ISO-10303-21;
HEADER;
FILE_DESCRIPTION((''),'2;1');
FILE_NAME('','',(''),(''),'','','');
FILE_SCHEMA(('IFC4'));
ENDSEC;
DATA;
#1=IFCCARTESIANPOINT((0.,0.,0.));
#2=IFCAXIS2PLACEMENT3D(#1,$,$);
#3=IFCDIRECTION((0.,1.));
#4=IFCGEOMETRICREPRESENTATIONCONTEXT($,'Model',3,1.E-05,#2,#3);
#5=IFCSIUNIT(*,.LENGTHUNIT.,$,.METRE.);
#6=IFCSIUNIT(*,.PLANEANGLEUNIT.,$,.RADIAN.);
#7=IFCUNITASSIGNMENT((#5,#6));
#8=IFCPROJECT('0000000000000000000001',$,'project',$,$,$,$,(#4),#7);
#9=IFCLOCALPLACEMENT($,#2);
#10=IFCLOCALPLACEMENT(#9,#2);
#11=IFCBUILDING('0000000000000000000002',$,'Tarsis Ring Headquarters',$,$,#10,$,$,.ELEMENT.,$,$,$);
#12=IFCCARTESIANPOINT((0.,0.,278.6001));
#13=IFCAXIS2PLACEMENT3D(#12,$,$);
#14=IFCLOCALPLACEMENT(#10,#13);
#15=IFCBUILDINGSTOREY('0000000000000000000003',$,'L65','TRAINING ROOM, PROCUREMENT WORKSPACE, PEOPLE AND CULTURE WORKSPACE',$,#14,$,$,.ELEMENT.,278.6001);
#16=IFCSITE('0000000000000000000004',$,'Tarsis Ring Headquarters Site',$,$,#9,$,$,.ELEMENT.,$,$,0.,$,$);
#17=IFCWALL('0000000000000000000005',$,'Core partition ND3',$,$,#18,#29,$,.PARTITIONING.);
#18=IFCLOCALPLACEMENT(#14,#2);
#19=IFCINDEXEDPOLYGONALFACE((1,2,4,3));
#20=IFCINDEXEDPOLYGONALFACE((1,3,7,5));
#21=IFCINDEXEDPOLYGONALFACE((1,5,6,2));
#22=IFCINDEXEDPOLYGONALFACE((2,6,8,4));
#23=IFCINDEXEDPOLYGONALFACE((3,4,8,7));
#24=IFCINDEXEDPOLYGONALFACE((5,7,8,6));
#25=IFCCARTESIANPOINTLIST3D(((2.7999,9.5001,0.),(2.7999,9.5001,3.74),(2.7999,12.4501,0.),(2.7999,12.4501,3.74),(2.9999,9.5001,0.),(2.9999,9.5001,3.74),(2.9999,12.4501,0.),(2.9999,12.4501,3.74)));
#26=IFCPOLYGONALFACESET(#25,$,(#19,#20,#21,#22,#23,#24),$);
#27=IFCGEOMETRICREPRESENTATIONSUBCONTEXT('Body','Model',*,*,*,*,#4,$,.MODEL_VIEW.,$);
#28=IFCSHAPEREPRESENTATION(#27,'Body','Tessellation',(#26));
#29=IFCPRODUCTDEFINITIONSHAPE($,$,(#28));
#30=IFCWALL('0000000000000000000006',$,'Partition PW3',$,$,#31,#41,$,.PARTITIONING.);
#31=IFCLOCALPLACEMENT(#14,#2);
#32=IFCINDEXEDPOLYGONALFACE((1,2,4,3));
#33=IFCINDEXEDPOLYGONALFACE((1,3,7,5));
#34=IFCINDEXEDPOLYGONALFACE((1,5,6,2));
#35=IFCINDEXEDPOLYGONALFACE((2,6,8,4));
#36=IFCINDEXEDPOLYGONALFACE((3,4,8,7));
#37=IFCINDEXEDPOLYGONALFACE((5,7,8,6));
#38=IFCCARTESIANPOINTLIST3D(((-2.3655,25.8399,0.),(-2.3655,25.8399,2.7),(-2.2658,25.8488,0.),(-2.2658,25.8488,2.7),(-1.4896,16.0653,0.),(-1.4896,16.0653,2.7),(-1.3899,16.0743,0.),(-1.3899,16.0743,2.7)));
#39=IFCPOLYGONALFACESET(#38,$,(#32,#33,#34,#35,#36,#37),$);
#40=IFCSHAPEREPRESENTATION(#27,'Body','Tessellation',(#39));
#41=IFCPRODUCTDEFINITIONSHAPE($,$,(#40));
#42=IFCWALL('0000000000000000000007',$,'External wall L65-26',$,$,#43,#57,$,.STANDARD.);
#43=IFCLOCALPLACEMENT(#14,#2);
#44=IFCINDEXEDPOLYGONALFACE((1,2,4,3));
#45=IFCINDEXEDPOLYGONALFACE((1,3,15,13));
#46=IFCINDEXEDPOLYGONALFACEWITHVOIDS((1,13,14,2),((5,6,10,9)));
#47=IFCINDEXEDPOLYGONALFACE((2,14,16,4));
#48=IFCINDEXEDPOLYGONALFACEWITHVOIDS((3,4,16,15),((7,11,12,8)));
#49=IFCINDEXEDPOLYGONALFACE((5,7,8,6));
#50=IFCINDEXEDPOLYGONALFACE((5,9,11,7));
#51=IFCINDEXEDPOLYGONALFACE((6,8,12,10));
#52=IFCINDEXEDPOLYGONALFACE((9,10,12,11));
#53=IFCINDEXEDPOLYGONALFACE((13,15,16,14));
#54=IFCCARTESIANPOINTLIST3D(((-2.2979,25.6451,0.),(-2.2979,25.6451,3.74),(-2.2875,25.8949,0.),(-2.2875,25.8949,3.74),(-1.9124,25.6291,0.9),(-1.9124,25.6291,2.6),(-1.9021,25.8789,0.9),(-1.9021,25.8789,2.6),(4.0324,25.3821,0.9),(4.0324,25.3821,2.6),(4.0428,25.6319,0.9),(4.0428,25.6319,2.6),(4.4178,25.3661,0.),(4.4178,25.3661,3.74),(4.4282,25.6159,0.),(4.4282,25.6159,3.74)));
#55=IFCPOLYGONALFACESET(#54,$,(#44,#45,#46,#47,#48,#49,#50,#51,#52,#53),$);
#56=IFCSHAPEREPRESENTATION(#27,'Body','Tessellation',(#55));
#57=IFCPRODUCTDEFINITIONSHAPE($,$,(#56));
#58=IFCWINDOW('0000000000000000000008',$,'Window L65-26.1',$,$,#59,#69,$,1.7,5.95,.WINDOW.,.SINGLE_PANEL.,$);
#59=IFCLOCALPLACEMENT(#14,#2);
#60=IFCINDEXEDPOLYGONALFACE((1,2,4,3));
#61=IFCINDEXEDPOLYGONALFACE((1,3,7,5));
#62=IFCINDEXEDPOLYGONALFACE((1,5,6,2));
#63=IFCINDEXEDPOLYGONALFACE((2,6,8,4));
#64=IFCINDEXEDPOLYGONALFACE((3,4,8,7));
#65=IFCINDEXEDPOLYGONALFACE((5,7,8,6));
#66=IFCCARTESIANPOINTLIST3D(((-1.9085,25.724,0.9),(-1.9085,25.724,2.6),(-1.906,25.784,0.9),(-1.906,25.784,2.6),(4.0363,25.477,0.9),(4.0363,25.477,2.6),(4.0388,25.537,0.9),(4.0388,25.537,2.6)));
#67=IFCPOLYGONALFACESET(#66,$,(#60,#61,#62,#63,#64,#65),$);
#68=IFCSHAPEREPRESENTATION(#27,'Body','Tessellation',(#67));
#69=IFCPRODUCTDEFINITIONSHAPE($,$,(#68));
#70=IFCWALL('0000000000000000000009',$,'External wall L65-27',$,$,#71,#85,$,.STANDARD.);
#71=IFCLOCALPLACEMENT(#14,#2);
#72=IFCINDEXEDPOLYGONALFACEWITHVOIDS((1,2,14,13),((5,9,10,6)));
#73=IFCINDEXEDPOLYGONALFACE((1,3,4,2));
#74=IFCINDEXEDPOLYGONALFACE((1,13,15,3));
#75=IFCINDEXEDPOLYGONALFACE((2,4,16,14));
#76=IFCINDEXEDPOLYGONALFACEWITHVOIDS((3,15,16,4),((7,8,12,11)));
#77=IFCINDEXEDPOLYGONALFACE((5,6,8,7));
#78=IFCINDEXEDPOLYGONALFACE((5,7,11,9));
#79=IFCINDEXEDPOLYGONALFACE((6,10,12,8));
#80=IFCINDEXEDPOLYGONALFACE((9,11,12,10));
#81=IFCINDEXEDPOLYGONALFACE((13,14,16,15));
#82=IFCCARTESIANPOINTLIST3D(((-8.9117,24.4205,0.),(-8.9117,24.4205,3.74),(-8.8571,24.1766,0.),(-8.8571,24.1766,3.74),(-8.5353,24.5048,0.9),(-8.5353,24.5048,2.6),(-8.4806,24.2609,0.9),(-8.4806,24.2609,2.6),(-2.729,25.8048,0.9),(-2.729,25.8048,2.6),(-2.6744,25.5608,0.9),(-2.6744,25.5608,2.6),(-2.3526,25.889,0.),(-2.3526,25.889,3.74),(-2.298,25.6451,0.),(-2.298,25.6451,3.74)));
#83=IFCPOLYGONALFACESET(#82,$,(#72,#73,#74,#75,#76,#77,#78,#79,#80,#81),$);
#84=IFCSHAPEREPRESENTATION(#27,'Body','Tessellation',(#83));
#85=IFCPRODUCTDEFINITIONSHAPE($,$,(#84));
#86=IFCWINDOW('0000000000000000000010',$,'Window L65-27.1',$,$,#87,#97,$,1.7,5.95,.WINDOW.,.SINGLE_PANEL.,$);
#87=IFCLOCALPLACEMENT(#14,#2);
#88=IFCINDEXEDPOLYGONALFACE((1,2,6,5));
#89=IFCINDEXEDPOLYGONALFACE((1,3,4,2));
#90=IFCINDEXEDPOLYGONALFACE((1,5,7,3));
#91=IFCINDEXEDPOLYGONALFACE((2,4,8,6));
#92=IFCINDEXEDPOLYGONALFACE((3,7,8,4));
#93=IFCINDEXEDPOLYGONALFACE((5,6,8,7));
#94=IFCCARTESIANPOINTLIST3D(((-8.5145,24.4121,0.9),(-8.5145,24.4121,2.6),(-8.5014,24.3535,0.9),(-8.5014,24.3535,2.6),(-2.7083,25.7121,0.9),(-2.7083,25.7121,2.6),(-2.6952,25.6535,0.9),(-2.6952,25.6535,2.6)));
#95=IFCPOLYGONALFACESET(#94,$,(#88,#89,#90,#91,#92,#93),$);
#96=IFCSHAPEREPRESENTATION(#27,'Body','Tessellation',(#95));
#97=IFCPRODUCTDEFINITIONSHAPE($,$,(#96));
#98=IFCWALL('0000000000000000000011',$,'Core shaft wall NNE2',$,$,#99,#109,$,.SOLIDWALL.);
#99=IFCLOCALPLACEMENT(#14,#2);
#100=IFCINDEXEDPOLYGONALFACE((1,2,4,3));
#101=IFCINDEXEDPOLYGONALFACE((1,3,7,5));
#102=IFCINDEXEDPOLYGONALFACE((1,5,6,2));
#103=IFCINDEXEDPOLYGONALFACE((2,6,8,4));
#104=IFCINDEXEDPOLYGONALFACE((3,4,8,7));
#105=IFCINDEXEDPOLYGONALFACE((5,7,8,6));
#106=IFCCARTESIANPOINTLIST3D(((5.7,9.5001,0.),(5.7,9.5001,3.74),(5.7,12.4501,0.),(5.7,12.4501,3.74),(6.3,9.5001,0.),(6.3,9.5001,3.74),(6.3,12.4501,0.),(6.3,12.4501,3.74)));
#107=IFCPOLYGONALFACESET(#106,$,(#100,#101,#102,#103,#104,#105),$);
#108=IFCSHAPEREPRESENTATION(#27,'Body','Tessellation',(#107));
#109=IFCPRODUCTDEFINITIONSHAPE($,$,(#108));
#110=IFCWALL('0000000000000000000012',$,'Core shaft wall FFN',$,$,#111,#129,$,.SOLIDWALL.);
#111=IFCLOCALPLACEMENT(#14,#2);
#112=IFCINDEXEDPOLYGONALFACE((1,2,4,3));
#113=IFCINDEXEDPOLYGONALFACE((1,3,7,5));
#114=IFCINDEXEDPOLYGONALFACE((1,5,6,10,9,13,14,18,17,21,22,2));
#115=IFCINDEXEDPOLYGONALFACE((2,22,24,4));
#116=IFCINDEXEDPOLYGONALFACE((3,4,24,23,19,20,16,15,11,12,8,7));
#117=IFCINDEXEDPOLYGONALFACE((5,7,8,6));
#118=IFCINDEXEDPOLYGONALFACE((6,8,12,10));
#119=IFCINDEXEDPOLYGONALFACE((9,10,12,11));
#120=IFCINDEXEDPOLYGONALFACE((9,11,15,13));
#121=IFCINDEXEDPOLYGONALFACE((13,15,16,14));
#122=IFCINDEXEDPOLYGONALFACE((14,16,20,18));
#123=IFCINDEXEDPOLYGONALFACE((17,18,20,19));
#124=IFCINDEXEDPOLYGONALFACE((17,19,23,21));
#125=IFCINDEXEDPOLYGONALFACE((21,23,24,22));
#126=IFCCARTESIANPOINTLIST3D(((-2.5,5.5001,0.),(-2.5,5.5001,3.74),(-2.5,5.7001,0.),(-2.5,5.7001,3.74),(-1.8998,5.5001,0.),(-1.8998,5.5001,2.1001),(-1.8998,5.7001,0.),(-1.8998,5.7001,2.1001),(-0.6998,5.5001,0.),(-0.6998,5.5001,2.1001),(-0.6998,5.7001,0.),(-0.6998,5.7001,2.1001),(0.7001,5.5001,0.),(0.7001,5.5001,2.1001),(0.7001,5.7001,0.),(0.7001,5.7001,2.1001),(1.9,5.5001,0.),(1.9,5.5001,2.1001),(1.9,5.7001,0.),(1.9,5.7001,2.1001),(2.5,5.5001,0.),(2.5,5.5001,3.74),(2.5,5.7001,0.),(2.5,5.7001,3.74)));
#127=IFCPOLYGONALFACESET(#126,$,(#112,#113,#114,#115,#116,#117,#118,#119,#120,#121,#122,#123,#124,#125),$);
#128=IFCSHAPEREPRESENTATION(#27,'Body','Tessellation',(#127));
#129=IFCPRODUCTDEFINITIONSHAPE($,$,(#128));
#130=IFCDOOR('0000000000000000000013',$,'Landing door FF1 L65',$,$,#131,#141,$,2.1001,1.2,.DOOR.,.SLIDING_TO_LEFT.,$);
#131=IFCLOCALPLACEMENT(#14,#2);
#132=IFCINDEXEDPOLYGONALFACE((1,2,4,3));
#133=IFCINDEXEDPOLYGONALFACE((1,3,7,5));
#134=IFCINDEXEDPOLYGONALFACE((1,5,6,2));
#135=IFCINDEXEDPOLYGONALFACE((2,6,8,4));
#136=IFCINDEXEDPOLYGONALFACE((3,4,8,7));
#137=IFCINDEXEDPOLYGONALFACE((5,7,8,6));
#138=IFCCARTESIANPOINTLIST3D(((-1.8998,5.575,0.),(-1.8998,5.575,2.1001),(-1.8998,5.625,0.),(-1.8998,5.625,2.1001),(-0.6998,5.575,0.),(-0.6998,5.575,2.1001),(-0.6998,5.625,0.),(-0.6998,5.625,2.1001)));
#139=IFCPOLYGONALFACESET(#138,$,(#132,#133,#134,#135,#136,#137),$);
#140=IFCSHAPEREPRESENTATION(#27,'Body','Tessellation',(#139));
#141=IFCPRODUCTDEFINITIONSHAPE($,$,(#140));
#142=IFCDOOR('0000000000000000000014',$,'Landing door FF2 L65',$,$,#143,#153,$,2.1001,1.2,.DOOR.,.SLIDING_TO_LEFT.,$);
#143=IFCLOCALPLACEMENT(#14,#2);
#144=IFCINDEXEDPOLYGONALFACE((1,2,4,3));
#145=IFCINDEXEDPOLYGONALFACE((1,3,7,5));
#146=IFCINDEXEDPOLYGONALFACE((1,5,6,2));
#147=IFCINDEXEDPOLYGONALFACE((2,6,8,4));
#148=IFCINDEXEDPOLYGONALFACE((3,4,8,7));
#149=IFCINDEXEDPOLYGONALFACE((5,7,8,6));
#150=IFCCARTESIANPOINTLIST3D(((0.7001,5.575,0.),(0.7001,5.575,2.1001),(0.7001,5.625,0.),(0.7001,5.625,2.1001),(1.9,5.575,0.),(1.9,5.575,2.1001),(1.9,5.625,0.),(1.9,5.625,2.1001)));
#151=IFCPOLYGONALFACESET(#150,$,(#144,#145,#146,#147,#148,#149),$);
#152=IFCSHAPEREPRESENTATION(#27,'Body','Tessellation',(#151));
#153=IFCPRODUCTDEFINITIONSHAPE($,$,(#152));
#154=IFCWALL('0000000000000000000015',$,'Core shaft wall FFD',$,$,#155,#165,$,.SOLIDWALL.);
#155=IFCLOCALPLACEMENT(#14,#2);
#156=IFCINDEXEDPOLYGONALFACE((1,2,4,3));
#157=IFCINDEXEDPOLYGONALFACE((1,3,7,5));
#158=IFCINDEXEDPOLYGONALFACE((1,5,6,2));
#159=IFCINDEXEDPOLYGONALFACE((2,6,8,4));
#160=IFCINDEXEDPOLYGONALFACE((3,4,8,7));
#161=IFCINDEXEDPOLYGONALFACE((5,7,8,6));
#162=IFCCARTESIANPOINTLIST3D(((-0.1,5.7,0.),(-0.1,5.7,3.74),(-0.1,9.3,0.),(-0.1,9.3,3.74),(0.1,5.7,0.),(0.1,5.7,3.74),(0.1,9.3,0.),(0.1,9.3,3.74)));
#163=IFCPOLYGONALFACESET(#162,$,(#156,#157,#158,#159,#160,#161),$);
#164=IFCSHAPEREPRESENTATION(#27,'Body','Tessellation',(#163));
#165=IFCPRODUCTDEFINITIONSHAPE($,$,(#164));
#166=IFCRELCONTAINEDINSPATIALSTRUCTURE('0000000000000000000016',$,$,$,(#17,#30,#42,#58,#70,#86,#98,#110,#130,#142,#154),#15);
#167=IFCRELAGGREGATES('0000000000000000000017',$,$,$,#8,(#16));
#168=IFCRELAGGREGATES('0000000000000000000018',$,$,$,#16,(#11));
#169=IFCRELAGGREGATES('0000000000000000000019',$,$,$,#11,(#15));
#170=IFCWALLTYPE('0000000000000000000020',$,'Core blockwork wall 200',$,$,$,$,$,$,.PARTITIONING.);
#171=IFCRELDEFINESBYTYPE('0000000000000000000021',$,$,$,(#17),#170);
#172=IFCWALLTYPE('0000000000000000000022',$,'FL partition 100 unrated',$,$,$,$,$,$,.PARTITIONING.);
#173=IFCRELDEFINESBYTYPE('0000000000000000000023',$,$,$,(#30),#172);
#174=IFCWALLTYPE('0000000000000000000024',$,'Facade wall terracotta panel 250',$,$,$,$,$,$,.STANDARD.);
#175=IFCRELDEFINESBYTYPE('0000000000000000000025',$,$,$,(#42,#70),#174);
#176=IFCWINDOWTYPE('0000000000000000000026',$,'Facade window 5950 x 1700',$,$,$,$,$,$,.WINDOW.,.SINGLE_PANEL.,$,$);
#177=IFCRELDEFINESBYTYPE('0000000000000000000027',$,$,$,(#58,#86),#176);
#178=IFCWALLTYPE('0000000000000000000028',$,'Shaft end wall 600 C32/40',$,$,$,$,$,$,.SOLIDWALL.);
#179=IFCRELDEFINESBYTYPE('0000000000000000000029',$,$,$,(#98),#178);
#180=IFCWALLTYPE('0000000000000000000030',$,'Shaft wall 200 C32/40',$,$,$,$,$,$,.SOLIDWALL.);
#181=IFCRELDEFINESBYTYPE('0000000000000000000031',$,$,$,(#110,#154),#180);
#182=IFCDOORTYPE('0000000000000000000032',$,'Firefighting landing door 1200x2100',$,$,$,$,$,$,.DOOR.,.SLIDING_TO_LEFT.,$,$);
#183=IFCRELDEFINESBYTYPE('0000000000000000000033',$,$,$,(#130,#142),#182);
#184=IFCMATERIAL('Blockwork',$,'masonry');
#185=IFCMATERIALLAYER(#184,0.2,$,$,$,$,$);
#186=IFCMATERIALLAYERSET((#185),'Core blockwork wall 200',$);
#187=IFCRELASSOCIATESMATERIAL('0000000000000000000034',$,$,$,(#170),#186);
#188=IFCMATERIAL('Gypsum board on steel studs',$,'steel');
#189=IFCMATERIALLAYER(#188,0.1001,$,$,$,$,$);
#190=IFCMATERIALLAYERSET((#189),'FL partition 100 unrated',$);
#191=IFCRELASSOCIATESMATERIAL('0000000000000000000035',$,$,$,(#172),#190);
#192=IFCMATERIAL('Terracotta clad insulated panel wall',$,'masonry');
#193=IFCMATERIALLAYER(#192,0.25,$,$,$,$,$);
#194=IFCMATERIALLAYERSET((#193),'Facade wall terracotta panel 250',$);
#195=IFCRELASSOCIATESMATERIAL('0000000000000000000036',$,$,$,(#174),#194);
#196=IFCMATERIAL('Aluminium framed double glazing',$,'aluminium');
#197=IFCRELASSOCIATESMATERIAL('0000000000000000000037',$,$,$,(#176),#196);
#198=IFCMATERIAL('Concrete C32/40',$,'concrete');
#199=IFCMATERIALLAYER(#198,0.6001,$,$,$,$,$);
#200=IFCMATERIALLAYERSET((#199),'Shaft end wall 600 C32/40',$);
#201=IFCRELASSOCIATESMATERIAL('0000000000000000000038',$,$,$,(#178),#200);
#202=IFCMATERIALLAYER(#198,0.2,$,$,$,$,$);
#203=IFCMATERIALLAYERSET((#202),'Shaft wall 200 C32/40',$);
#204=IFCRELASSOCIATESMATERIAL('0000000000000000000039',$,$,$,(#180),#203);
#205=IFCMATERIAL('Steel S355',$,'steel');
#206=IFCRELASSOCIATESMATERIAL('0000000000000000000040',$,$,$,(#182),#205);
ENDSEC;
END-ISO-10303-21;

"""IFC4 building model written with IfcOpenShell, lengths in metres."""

from ifc_helpers import new_model, si_unit, direction, frame, frame_2d, origin, place, context, subcontext, project, spatial, rectangle, extrude, material, layer, layer_set, type_object, element, fill, save


model = new_model("IFC4")

# Units and contexts
model_context = context("Model", 3, precision=1e-05, world=origin(), true_north=direction((0.0, 1.0)))
body_context = subcontext(model_context, "Body", "Model", "MODEL_VIEW")
ifc_project = project(units=[si_unit("LENGTHUNIT", "METRE"), si_unit("PLANEANGLEUNIT", "RADIAN")], contexts=[model_context])

# Site, building, storey
site_placement = place(None, origin())
site = spatial("IfcSite", under=ifc_project, at=site_placement, Name="Tarsis Ring Headquarters Site", CompositionType="ELEMENT", RefElevation=0.0)
building_placement = place(site_placement, origin())
building = spatial("IfcBuilding", under=site, at=building_placement, Name="Tarsis Ring Headquarters", CompositionType="ELEMENT")
storey_placement = place(building_placement, frame((0.0, 0.0, 278.6001)))
storey = spatial("IfcBuildingStorey", under=building, at=storey_placement, Name="L65", Description="TRAINING ROOM, PROCUREMENT WORKSPACE, PEOPLE AND CULTURE WORKSPACE", CompositionType="ELEMENT", Elevation=278.6001)

# Walls
ifc_material_1 = material(Name="Blockwork", Category="masonry")
ifc_layer_1 = layer(ifc_material_1, 0.2)
ifc_layer_set_1 = layer_set([ifc_layer_1], Name="Core blockwork wall 200")
wall_type_1 = type_object("IfcWallType", Name="Core blockwork wall 200", PredefinedType="PARTITIONING", material=ifc_layer_set_1)
for number, where, z_axis, x_axis, name in (
    (1, (2.8999, 9.5, 0.0), (0.0, 0.0, 1.0), (0.0, 1.0, 0.0), "Core partition ND3"),
):
    element("IfcWall", number, at=place(storey_placement, frame(where, z_axis=z_axis, x_axis=x_axis)), inside=storey, type_object=wall_type_1, Name=name, PredefinedType="PARTITIONING", context=body_context, shape_type="SweptSolid", body=[
        extrude(rectangle(XDim=2.95, YDim=0.2, at=frame_2d((1.4751, 0.0))), origin(), (0.0, 0.0, 1.0), 3.74),
    ])
ifc_material_2 = material(Name="Gypsum board on steel studs", Category="steel")
ifc_layer_2 = layer(ifc_material_2, 0.1001)
ifc_layer_set_2 = layer_set([ifc_layer_2], Name="FL partition 100 unrated")
wall_type_2 = type_object("IfcWallType", Name="FL partition 100 unrated", PredefinedType="PARTITIONING", material=ifc_layer_set_2)
wall_1_placement = place(storey_placement, frame((-2.3157, 25.8442, 0.0), z_axis=(0.0, 0.0, 1.0), x_axis=(0.089259, -0.996008, 0.0)))
element("IfcWall", 2, at=wall_1_placement, inside=storey, type_object=wall_type_2, Name="Partition PW3", PredefinedType="PARTITIONING", context=body_context, shape_type="SweptSolid", body=[
    extrude(rectangle(XDim=9.8137, YDim=0.1001, at=frame_2d((4.9067, 0.0))), origin(), (0.0, 0.0, 1.0), 2.7),
])

# Walls, openings, windows
ifc_material_3 = material(Name="Terracotta clad insulated panel wall", Category="masonry")
ifc_layer_3 = layer(ifc_material_3, 0.25)
ifc_layer_set_3 = layer_set([ifc_layer_3], Name="Facade wall terracotta panel 250")
wall_type_3 = type_object("IfcWallType", Name="Facade wall terracotta panel 250", PredefinedType="STANDARD", material=ifc_layer_set_3)
wall_2_placement = place(storey_placement, frame((4.4231, 25.491, 0.0), z_axis=(0.0, 0.0, 1.0), x_axis=(-0.999138, 0.041517, 0.0)))
wall_2 = element("IfcWall", 3, at=wall_2_placement, inside=storey, type_object=wall_type_3, Name="External wall L65-26", PredefinedType="STANDARD", context=body_context, shape_type="SweptSolid", body=[
    extrude(rectangle(XDim=6.7214, YDim=0.25, at=frame_2d((3.3608, 0.0))), origin(), (0.0, 0.0, 1.0), 3.74),
])
opening_1_placement = place(wall_2_placement, frame((0.3857, 0.0, 0.8999)))
opening_1 = element("IfcOpeningElement", 4, at=opening_1_placement, cuts=wall_2, PredefinedType="OPENING", context=body_context, shape_type="SweptSolid", body=[
    extrude(rectangle(XDim=5.95, YDim=1.7, at=frame_2d((2.9751, 0.8501))), frame((0.0, 0.135, 0.0), z_axis=(0.0, -1.0, 0.0), x_axis=(1.0, 0.0, 0.0)), (0.0, 0.0, 1.0), 0.27),
])
ifc_material_4 = material(Name="Aluminium framed double glazing", Category="aluminium")
window_type = type_object("IfcWindowType", Name="Facade window 5950 x 1700", PartitioningType="SINGLE_PANEL", PredefinedType="WINDOW", material=ifc_material_4)
window_1_placement = place(opening_1_placement, origin())
window_1 = element("IfcWindow", 5, at=window_1_placement, inside=storey, type_object=window_type, Name="Window L65-26.1", OverallHeight=1.7, OverallWidth=5.95, PartitioningType="SINGLE_PANEL", PredefinedType="WINDOW", context=body_context, shape_type="SweptSolid", body=[
    extrude(rectangle(XDim=5.95, YDim=1.7, at=frame_2d((2.9751, 0.8501))), frame((0.0, 0.03, 0.0), z_axis=(0.0, -1.0, 0.0), x_axis=(1.0, 0.0, 0.0)), (0.0, 0.0, 1.0), 0.0601),
])
fill(opening_1, window_1)
wall_3_placement = place(storey_placement, frame((-2.3252, 25.7671, 0.0), z_axis=(0.0, 0.0, 1.0), x_axis=(-0.975841, -0.21848, 0.0)))
wall_3 = element("IfcWall", 6, at=wall_3_placement, inside=storey, type_object=wall_type_3, Name="External wall L65-27", PredefinedType="STANDARD", context=body_context, shape_type="SweptSolid", body=[
    extrude(rectangle(XDim=6.7214, YDim=0.25, at=frame_2d((3.3608, 0.0))), origin(), (0.0, 0.0, 1.0), 3.74),
])
opening_2_placement = place(wall_3_placement, frame((0.3857, 0.0, 0.8999)))
opening_2 = element("IfcOpeningElement", 7, at=opening_2_placement, cuts=wall_3, PredefinedType="OPENING", context=body_context, shape_type="SweptSolid", body=[
    extrude(rectangle(XDim=5.95, YDim=1.7, at=frame_2d((2.9751, 0.8501))), frame((0.0, 0.135, 0.0), z_axis=(0.0, -1.0, 0.0), x_axis=(1.0, 0.0, 0.0)), (0.0, 0.0, 1.0), 0.27),
])
window_2_placement = place(opening_2_placement, origin())
window_2 = element("IfcWindow", 8, at=window_2_placement, inside=storey, type_object=window_type, Name="Window L65-27.1", OverallHeight=1.7, OverallWidth=5.95, PartitioningType="SINGLE_PANEL", PredefinedType="WINDOW", context=body_context, shape_type="SweptSolid", body=[
    extrude(rectangle(XDim=5.95, YDim=1.7, at=frame_2d((2.9751, 0.8501))), frame((0.0, 0.03, 0.0), z_axis=(0.0, -1.0, 0.0), x_axis=(1.0, 0.0, 0.0)), (0.0, 0.0, 1.0), 0.0601),
])
fill(opening_2, window_2)

# Wall
ifc_material_5 = material(Name="Concrete C32/40", Category="concrete")
ifc_layer_4 = layer(ifc_material_5, 0.6001)
ifc_layer_set_4 = layer_set([ifc_layer_4], Name="Shaft end wall 600 C32/40")
wall_type_4 = type_object("IfcWallType", Name="Shaft end wall 600 C32/40", PredefinedType="SOLIDWALL", material=ifc_layer_set_4)
wall_4_placement = place(storey_placement, frame((6.0, 9.5, 0.0), z_axis=(0.0, 0.0, 1.0), x_axis=(0.0, 1.0, 0.0)))
element("IfcWall", 9, at=wall_4_placement, inside=storey, type_object=wall_type_4, Name="Core shaft wall NNE2", PredefinedType="SOLIDWALL", context=body_context, shape_type="SweptSolid", body=[
    extrude(rectangle(XDim=2.95, YDim=0.6001, at=frame_2d((1.4751, 0.0))), origin(), (0.0, 0.0, 1.0), 3.74),
])

# Wall, openings, doors
ifc_layer_5 = layer(ifc_material_5, 0.2)
ifc_layer_set_5 = layer_set([ifc_layer_5], Name="Shaft wall 200 C32/40")
wall_type_5 = type_object("IfcWallType", Name="Shaft wall 200 C32/40", PredefinedType="SOLIDWALL", material=ifc_layer_set_5)
wall_5_placement = place(storey_placement, frame((-2.5, 5.6001, 0.0), z_axis=(0.0, 0.0, 1.0), x_axis=(1.0, 0.0, 0.0)))
wall_5 = element("IfcWall", 10, at=wall_5_placement, inside=storey, type_object=wall_type_5, Name="Core shaft wall FFN", PredefinedType="SOLIDWALL", context=body_context, shape_type="SweptSolid", body=[
    extrude(rectangle(XDim=5.0, YDim=0.2, at=frame_2d((2.5, 0.0))), origin(), (0.0, 0.0, 1.0), 3.74),
])
opening_3_placement = place(wall_5_placement, frame((0.6001, 0.0, 0.0)))
opening_3 = element("IfcOpeningElement", 11, at=opening_3_placement, cuts=wall_5, PredefinedType="OPENING", context=body_context, shape_type="SweptSolid", body=[
    extrude(rectangle(XDim=1.2, YDim=2.1001, at=frame_2d((0.6001, 1.05))), frame((0.0, 0.1099, 0.0), z_axis=(0.0, -1.0, 0.0), x_axis=(1.0, 0.0, 0.0)), (0.0, 0.0, 1.0), 0.22),
])
opening_4_placement = place(wall_5_placement, frame((3.2, 0.0, 0.0)))
opening_4 = element("IfcOpeningElement", 12, at=opening_4_placement, cuts=wall_5, PredefinedType="OPENING", context=body_context, shape_type="SweptSolid", body=[
    extrude(rectangle(XDim=1.2, YDim=2.1001, at=frame_2d((0.6001, 1.05))), frame((0.0, 0.1099, 0.0), z_axis=(0.0, -1.0, 0.0), x_axis=(1.0, 0.0, 0.0)), (0.0, 0.0, 1.0), 0.22),
])
ifc_material_6 = material(Name="Steel S355", Category="steel")
door_type = type_object("IfcDoorType", Name="Firefighting landing door 1200x2100", OperationType="SLIDING_TO_LEFT", PredefinedType="DOOR", material=ifc_material_6)
door_1_placement = place(opening_3_placement, origin())
door_1 = element("IfcDoor", 13, at=door_1_placement, inside=storey, type_object=door_type, Name="Landing door FF1 L65", OperationType="SLIDING_TO_LEFT", OverallHeight=2.1001, OverallWidth=1.2, PredefinedType="DOOR", context=body_context, shape_type="SweptSolid", body=[
    extrude(rectangle(XDim=1.2, YDim=2.1001, at=frame_2d((0.6001, 1.05))), frame((0.0, 0.0249, 0.0), z_axis=(0.0, -1.0, 0.0), x_axis=(1.0, 0.0, 0.0)), (0.0, 0.0, 1.0), 0.05),
])
fill(opening_3, door_1)
door_2_placement = place(opening_4_placement, origin())
door_2 = element("IfcDoor", 14, at=door_2_placement, inside=storey, type_object=door_type, Name="Landing door FF2 L65", OperationType="SLIDING_TO_LEFT", OverallHeight=2.1001, OverallWidth=1.2, PredefinedType="DOOR", context=body_context, shape_type="SweptSolid", body=[
    extrude(rectangle(XDim=1.2, YDim=2.1001, at=frame_2d((0.6001, 1.05))), frame((0.0, 0.0249, 0.0), z_axis=(0.0, -1.0, 0.0), x_axis=(1.0, 0.0, 0.0)), (0.0, 0.0, 1.0), 0.05),
])
fill(opening_4, door_2)

# Wall
wall_6_placement = place(storey_placement, frame((0.0, 5.7, 0.0), z_axis=(0.0, 0.0, 1.0), x_axis=(0.0, 1.0, 0.0)))
element("IfcWall", 15, at=wall_6_placement, inside=storey, type_object=wall_type_5, Name="Core shaft wall FFD", PredefinedType="SOLIDWALL", context=body_context, shape_type="SweptSolid", body=[
    extrude(rectangle(XDim=3.6001, YDim=0.2, at=frame_2d((1.8, 0.0))), origin(), (0.0, 0.0, 1.0), 3.74),
])

save(model, "model.ifc")
